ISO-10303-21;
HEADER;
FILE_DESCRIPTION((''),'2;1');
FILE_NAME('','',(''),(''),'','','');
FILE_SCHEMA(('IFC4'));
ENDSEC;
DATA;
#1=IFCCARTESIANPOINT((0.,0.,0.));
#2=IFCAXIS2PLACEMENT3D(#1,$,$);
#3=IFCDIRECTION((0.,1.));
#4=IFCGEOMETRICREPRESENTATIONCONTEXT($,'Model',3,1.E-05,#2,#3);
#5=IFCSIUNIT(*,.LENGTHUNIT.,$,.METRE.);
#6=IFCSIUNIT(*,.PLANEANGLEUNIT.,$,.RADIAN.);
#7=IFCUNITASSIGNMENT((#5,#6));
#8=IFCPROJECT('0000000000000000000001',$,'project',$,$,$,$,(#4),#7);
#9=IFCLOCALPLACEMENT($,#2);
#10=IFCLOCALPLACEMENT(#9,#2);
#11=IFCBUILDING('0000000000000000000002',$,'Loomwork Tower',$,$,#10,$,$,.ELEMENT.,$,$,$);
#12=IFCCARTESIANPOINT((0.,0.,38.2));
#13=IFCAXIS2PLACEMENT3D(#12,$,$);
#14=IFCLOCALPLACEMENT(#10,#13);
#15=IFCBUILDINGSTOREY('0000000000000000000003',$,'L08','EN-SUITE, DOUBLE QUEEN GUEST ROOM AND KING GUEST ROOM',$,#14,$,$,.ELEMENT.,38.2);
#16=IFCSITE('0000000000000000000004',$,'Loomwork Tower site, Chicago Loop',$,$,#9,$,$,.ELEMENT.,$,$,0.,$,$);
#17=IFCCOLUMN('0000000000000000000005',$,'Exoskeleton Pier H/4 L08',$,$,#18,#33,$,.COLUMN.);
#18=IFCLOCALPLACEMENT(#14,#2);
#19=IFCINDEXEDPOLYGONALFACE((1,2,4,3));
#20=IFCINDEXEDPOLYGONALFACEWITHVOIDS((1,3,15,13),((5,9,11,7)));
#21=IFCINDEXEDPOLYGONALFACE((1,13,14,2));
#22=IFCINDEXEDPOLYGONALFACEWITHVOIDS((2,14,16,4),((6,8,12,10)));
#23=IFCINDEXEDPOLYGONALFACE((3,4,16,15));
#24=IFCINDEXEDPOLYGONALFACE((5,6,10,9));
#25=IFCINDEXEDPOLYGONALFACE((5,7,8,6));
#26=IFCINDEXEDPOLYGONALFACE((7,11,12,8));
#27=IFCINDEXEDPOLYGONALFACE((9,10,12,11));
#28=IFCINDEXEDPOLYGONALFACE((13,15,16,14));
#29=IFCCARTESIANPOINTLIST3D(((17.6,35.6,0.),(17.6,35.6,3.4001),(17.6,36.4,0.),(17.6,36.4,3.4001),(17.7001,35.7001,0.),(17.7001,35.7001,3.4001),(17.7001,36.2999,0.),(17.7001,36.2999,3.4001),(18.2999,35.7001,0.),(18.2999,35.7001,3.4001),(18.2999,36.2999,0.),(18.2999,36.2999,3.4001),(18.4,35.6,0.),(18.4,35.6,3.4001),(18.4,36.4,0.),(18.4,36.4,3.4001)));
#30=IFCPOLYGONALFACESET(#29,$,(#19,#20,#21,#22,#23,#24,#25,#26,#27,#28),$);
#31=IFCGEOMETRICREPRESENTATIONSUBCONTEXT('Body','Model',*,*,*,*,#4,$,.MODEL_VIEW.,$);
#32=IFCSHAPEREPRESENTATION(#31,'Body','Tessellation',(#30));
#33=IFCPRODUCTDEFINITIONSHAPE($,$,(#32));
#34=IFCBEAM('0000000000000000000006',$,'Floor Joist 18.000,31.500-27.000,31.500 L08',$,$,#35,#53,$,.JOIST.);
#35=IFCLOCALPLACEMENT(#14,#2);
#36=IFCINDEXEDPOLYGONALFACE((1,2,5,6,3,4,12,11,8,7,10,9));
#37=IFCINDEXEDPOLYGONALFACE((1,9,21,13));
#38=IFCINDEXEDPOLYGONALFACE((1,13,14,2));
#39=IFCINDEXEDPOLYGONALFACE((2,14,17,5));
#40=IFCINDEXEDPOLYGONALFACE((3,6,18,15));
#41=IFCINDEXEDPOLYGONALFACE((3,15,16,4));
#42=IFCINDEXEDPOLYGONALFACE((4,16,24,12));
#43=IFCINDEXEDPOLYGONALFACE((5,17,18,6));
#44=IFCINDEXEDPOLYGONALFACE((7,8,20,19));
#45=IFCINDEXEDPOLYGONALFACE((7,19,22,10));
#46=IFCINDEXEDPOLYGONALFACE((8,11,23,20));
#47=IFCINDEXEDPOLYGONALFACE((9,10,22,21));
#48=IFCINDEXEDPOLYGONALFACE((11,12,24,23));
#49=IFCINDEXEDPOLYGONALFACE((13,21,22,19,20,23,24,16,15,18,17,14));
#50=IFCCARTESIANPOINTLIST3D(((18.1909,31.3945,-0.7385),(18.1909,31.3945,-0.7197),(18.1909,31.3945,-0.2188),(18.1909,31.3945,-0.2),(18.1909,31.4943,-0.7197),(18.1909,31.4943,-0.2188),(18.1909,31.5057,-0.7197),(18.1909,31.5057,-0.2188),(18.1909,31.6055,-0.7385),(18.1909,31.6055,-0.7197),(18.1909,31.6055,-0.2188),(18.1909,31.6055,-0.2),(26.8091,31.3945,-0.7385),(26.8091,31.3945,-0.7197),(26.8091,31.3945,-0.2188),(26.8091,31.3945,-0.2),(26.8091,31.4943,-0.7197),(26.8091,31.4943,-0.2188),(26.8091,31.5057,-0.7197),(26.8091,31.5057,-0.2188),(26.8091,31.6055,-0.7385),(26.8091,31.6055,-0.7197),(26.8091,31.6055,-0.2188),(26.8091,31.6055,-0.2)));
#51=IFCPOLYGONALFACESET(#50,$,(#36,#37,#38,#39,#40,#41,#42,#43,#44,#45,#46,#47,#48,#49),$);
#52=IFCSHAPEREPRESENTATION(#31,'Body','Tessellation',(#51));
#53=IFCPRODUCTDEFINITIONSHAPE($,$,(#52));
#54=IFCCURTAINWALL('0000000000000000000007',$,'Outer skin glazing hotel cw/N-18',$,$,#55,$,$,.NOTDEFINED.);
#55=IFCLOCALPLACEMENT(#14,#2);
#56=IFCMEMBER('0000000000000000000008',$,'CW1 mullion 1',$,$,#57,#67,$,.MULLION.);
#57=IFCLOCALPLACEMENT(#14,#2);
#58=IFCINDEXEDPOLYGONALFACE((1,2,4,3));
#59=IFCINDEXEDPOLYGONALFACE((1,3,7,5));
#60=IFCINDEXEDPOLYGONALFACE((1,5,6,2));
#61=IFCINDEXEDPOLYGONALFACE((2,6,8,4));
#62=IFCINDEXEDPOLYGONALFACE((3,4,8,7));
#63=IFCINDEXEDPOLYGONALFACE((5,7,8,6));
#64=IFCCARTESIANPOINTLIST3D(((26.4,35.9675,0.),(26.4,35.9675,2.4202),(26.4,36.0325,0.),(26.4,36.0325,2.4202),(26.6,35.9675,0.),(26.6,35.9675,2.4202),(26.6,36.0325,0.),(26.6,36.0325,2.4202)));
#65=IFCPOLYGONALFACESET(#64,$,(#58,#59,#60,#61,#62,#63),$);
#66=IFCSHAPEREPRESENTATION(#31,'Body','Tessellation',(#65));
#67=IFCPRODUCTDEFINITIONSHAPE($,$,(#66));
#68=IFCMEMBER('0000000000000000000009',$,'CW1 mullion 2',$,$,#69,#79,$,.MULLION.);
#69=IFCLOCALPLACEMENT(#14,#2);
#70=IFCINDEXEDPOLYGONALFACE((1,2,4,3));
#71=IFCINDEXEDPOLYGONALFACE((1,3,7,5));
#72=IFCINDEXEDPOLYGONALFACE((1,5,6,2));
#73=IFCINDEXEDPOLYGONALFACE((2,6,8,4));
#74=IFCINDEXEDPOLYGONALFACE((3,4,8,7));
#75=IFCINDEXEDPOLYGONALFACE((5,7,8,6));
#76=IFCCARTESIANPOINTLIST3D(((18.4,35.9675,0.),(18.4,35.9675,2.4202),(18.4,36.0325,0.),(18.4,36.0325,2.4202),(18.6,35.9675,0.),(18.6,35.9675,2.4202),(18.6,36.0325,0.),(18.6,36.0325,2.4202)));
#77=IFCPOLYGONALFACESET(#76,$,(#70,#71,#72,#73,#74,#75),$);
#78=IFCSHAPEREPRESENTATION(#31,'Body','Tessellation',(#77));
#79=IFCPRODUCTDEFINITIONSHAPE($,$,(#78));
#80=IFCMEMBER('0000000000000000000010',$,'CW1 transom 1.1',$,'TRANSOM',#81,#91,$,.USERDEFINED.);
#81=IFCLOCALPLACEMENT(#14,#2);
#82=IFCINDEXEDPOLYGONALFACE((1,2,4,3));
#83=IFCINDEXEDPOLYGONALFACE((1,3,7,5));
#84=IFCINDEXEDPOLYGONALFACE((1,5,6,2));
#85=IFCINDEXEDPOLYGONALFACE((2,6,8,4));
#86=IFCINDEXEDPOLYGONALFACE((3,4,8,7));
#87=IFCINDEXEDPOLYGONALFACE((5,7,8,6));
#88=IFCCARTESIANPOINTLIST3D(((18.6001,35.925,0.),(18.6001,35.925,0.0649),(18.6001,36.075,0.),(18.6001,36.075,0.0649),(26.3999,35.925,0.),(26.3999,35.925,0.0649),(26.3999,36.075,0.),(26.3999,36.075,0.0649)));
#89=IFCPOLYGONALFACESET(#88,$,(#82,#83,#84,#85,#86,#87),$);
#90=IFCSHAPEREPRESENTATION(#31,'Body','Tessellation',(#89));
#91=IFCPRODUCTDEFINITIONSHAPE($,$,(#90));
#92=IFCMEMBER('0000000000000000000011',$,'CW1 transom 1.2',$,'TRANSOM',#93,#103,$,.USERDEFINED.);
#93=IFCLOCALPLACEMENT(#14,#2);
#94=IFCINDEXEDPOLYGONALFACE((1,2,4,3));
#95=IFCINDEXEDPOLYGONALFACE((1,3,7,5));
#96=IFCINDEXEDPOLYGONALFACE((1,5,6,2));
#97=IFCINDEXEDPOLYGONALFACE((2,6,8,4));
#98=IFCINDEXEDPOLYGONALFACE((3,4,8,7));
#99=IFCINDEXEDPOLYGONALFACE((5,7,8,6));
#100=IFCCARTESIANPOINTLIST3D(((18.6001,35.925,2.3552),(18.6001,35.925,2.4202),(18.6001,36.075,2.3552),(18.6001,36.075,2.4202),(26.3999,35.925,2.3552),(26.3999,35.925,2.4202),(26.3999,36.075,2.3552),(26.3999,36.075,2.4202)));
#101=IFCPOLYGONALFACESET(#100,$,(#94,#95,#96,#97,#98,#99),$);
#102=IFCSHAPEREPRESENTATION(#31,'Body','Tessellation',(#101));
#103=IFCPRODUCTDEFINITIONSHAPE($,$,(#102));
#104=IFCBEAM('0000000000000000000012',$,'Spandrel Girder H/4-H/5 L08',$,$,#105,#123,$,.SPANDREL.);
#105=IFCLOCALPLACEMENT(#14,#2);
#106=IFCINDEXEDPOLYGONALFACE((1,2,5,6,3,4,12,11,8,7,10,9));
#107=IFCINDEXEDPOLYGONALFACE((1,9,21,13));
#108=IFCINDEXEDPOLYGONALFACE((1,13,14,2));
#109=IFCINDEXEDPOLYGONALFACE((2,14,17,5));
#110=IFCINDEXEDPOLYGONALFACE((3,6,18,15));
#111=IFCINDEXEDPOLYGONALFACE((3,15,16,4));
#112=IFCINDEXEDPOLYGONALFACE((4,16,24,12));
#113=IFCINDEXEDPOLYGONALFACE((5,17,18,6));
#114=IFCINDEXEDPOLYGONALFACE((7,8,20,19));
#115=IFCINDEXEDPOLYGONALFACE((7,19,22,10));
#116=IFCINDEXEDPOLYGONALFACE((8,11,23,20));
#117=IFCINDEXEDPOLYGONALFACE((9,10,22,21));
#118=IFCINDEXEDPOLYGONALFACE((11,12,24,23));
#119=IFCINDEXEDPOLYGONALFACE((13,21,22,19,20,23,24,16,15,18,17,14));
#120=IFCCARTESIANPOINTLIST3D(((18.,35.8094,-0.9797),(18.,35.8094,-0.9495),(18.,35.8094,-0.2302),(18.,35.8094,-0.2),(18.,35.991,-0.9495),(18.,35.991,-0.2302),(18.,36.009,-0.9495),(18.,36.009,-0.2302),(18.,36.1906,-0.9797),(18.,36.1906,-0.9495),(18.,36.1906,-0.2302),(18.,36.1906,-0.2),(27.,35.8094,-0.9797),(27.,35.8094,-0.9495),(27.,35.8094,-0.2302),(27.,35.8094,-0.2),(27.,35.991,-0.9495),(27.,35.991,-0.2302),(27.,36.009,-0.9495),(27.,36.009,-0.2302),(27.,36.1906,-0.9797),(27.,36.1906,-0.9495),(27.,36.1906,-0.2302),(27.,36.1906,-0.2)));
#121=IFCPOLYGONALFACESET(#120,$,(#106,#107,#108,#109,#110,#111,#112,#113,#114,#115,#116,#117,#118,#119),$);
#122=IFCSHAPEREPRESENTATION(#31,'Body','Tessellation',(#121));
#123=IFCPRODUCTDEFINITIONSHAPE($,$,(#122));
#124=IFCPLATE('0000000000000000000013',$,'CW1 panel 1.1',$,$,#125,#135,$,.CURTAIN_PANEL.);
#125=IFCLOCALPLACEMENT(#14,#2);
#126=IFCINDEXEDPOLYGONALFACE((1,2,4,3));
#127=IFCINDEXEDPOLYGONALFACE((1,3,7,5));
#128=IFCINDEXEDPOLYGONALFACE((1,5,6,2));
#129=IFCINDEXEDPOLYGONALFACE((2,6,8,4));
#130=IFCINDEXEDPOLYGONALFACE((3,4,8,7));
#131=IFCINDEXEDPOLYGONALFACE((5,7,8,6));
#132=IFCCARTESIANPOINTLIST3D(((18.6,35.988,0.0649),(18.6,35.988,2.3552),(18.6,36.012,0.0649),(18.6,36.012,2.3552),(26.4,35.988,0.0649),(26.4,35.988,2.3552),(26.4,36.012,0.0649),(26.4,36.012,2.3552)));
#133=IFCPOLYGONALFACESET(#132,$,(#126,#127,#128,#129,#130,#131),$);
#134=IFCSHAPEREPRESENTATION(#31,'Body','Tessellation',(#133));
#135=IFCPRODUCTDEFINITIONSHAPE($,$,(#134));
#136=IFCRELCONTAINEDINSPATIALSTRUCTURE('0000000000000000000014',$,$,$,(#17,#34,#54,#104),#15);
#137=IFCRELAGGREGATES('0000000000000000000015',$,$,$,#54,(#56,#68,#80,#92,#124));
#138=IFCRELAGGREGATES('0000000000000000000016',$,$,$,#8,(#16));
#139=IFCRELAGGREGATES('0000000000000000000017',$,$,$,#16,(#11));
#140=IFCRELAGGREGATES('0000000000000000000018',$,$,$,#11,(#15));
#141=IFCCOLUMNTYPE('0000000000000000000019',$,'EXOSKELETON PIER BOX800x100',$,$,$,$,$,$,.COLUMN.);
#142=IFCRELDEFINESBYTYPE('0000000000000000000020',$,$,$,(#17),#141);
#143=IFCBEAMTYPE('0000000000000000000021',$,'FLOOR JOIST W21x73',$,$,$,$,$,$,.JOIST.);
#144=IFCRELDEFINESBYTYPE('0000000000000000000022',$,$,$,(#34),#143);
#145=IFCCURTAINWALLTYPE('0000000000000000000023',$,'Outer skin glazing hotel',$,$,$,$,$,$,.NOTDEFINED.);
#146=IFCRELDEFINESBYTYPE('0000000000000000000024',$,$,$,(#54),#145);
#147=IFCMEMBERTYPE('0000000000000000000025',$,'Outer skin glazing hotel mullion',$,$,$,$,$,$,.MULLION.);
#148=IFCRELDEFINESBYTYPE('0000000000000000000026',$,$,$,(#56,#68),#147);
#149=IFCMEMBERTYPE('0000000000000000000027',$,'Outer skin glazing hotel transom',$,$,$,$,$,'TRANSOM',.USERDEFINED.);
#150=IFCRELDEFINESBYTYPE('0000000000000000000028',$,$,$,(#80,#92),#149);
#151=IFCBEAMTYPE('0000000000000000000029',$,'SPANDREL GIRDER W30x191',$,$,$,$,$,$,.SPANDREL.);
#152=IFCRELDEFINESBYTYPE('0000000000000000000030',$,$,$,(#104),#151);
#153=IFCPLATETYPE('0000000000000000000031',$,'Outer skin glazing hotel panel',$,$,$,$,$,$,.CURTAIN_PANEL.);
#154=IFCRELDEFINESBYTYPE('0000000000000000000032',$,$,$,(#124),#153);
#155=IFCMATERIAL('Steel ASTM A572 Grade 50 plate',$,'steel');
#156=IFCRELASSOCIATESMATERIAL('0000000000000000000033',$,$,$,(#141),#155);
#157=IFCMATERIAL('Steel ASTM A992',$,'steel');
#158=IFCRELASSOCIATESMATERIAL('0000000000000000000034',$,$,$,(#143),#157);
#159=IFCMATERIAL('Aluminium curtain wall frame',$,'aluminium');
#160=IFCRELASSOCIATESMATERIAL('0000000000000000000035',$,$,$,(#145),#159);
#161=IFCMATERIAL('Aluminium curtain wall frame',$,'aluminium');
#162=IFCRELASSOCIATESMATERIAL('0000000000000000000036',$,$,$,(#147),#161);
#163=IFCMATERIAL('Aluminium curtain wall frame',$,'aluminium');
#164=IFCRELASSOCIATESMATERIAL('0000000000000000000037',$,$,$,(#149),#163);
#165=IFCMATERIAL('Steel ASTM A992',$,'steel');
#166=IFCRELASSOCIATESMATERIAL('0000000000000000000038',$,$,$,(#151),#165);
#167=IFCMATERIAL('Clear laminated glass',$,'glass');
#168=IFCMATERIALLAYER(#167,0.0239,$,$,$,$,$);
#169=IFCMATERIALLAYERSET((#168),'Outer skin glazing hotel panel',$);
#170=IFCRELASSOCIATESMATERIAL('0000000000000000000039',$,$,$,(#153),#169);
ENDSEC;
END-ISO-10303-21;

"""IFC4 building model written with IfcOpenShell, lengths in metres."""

from ifc_helpers import new_model, si_unit, direction, frame, origin, origin_2d, place, context, subcontext, project, spatial, rectangle, hollow_rectangle, i_section, extrude, material, layer, layer_set, material_profile, profile_set, type_object, element, aggregate, save


model = new_model("IFC4")

# Units and contexts
model_context = context("Model", 3, precision=1e-05, world=origin(), true_north=direction((0.0, 1.0)))
body_context = subcontext(model_context, "Body", "Model", "MODEL_VIEW")
ifc_project = project(units=[si_unit("LENGTHUNIT", "METRE"), si_unit("PLANEANGLEUNIT", "RADIAN")], contexts=[model_context])

# Site, building, storey
site_placement = place(None, origin())
site = spatial("IfcSite", under=ifc_project, at=site_placement, Name="Loomwork Tower site, Chicago Loop", CompositionType="ELEMENT", RefElevation=0.0)
building_placement = place(site_placement, origin())
building = spatial("IfcBuilding", under=site, at=building_placement, Name="Loomwork Tower", CompositionType="ELEMENT")
storey_placement = place(building_placement, frame((0.0, 0.0, 38.2)))
storey = spatial("IfcBuildingStorey", under=building, at=storey_placement, Name="L08", Description="EN-SUITE, DOUBLE QUEEN GUEST ROOM AND KING GUEST ROOM", CompositionType="ELEMENT", Elevation=38.2)

# Column
ifc_material_1 = material(Name="Steel ASTM A572 Grade 50 plate", Category="steel")
ifc_material_profile_1 = material_profile(ifc_material_1, hollow_rectangle(XDim=0.8, YDim=0.8, WallThickness=0.1001, at=origin_2d()), Name="BOX800x100")
ifc_profile_set_1 = profile_set([ifc_material_profile_1], Name="Steel ASTM A572 Grade 50 plate")
column_type = type_object("IfcColumnType", Name="EXOSKELETON PIER BOX800x100", PredefinedType="COLUMN", material=ifc_profile_set_1)
column_placement = place(storey_placement, frame((18.0, 36.0, 0.0), z_axis=(0.0, 0.0, 1.0), x_axis=(1.0, 0.0, 0.0)))
element("IfcColumn", 1, at=column_placement, inside=storey, type_object=column_type, Name="Exoskeleton Pier H/4 L08", PredefinedType="COLUMN", context=body_context, shape_type="SweptSolid", body=[
    extrude(hollow_rectangle(XDim=0.8, YDim=0.8, WallThickness=0.1001, at=origin_2d()), origin(), (0.0, 0.0, 1.0), 3.4001),
])

# Beam
ifc_material_2 = material(Name="Steel ASTM A992", Category="steel")
ifc_material_profile_2 = material_profile(ifc_material_2, i_section(OverallWidth=0.2109, OverallDepth=0.5386, WebThickness=0.0115, FlangeThickness=0.0188, at=origin_2d()), Name="W21x73")
ifc_profile_set_2 = profile_set([ifc_material_profile_2], Name="Steel ASTM A992")
beam_type_1 = type_object("IfcBeamType", Name="FLOOR JOIST W21x73", PredefinedType="JOIST", material=ifc_profile_set_2)
beam_1_placement = place(storey_placement, frame((18.1909, 31.5, -0.4692), z_axis=(1.0, 0.0, 0.0), x_axis=(0.0, 1.0, 0.0)))
element("IfcBeam", 2, at=beam_1_placement, inside=storey, type_object=beam_type_1, Name="Floor Joist 18.000,31.500-27.000,31.500 L08", PredefinedType="JOIST", context=body_context, shape_type="SweptSolid", body=[
    extrude(i_section(OverallWidth=0.2109, OverallDepth=0.5386, WebThickness=0.0115, FlangeThickness=0.0188, at=origin_2d()), origin(), (0.0, 0.0, 1.0), 8.6182),
])

# Curtain wall, members
ifc_material_3 = material(Name="Aluminium curtain wall frame", Category="aluminium")
curtain_wall_type = type_object("IfcCurtainWallType", Name="Outer skin glazing hotel", PredefinedType="NOTDEFINED", material=ifc_material_3)
curtain_wall_placement = place(storey_placement, origin())
curtain_wall = element("IfcCurtainWall", 3, at=curtain_wall_placement, inside=storey, type_object=curtain_wall_type, Name="Outer skin glazing hotel cw/N-18", PredefinedType="NOTDEFINED")
ifc_material_4 = material(Name="Aluminium curtain wall frame", Category="aluminium")
ifc_material_profile_3 = material_profile(ifc_material_4, rectangle(XDim=0.0649, YDim=0.2, at=origin_2d()), Name="AL 65x200")
ifc_profile_set_3 = profile_set([ifc_material_profile_3], Name="Aluminium curtain wall frame")
member_type_1 = type_object("IfcMemberType", Name="Outer skin glazing hotel mullion", PredefinedType="MULLION", material=ifc_profile_set_3)
member_1_placement = place(storey_placement, frame((26.5, 36.0, 0.0), z_axis=(0.0, 0.0, 1.0), x_axis=(0.0, -1.0, 0.0)))
member_1 = element("IfcMember", 4, at=member_1_placement, type_object=member_type_1, Name="CW1 mullion 1", PredefinedType="MULLION", context=body_context, shape_type="SweptSolid", body=[
    extrude(rectangle(XDim=0.0649, YDim=0.2, at=origin_2d()), origin(), (0.0, 0.0, 1.0), 2.4202),
])
member_2_placement = place(storey_placement, frame((18.5, 36.0, 0.0), z_axis=(0.0, 0.0, 1.0), x_axis=(0.0, -1.0, 0.0)))
member_2 = element("IfcMember", 5, at=member_2_placement, type_object=member_type_1, Name="CW1 mullion 2", PredefinedType="MULLION", context=body_context, shape_type="SweptSolid", body=[
    extrude(rectangle(XDim=0.0649, YDim=0.2, at=origin_2d()), origin(), (0.0, 0.0, 1.0), 2.4202),
])
ifc_material_5 = material(Name="Aluminium curtain wall frame", Category="aluminium")
ifc_material_profile_4 = material_profile(ifc_material_5, rectangle(XDim=0.1499, YDim=0.0649, at=origin_2d()), Name="AL 65x150")
ifc_profile_set_4 = profile_set([ifc_material_profile_4], Name="Aluminium curtain wall frame")
member_type_2 = type_object("IfcMemberType", Name="Outer skin glazing hotel transom", ElementType="TRANSOM", PredefinedType="USERDEFINED", material=ifc_profile_set_4)
member_3_placement = place(storey_placement, frame((26.3999, 36.0, 0.0325), z_axis=(-1.0, 0.0, 0.0), x_axis=(0.0, -1.0, 0.0)))
member_3 = element("IfcMember", 6, at=member_3_placement, type_object=member_type_2, Name="CW1 transom 1.1", ObjectType="TRANSOM", PredefinedType="USERDEFINED", context=body_context, shape_type="SweptSolid", body=[
    extrude(rectangle(XDim=0.1499, YDim=0.0649, at=origin_2d()), origin(), (0.0, 0.0, 1.0), 7.7998),
])
member_4_placement = place(storey_placement, frame((26.3999, 36.0, 2.3877), z_axis=(-1.0, 0.0, 0.0), x_axis=(0.0, -1.0, 0.0)))
member_4 = element("IfcMember", 7, at=member_4_placement, type_object=member_type_2, Name="CW1 transom 1.2", ObjectType="TRANSOM", PredefinedType="USERDEFINED", context=body_context, shape_type="SweptSolid", body=[
    extrude(rectangle(XDim=0.1499, YDim=0.0649, at=origin_2d()), origin(), (0.0, 0.0, 1.0), 7.7998),
])

# Beam
ifc_material_6 = material(Name="Steel ASTM A992", Category="steel")
ifc_material_profile_5 = material_profile(ifc_material_6, i_section(OverallWidth=0.3811, OverallDepth=0.7798, WebThickness=0.0181, FlangeThickness=0.0303, at=origin_2d()), Name="W30x191")
ifc_profile_set_5 = profile_set([ifc_material_profile_5], Name="Steel ASTM A992")
beam_type_2 = type_object("IfcBeamType", Name="SPANDREL GIRDER W30x191", PredefinedType="SPANDREL", material=ifc_profile_set_5)
beam_2_placement = place(storey_placement, frame((18.0, 36.0, -0.5898), z_axis=(1.0, 0.0, 0.0), x_axis=(0.0, 1.0, 0.0)))
element("IfcBeam", 8, at=beam_2_placement, inside=storey, type_object=beam_type_2, Name="Spandrel Girder H/4-H/5 L08", PredefinedType="SPANDREL", context=body_context, shape_type="SweptSolid", body=[
    extrude(i_section(OverallWidth=0.3811, OverallDepth=0.7798, WebThickness=0.0181, FlangeThickness=0.0303, at=origin_2d()), origin(), (0.0, 0.0, 1.0), 9.0),
])

# Plate
ifc_material_7 = material(Name="Clear laminated glass", Category="glass")
ifc_layer_1 = layer(ifc_material_7, 0.0239)
ifc_layer_set_1 = layer_set([ifc_layer_1], Name="Outer skin glazing hotel panel")
plate_type = type_object("IfcPlateType", Name="Outer skin glazing hotel panel", PredefinedType="CURTAIN_PANEL", material=ifc_layer_set_1)
plate_placement = place(storey_placement, frame((22.5, 36.0, 0.0649), z_axis=(0.0, 0.0, 1.0), x_axis=(-1.0, 0.0, 0.0)))
plate = element("IfcPlate", 9, at=plate_placement, type_object=plate_type, Name="CW1 panel 1.1", PredefinedType="CURTAIN_PANEL", context=body_context, shape_type="SweptSolid", body=[
    extrude(rectangle(XDim=7.8, YDim=0.0239, at=origin_2d()), origin(), (0.0, 0.0, 1.0), 2.2903),
])
aggregate(curtain_wall, [member_1, member_2, member_3, member_4, plate])

save(model, "model.ifc")
